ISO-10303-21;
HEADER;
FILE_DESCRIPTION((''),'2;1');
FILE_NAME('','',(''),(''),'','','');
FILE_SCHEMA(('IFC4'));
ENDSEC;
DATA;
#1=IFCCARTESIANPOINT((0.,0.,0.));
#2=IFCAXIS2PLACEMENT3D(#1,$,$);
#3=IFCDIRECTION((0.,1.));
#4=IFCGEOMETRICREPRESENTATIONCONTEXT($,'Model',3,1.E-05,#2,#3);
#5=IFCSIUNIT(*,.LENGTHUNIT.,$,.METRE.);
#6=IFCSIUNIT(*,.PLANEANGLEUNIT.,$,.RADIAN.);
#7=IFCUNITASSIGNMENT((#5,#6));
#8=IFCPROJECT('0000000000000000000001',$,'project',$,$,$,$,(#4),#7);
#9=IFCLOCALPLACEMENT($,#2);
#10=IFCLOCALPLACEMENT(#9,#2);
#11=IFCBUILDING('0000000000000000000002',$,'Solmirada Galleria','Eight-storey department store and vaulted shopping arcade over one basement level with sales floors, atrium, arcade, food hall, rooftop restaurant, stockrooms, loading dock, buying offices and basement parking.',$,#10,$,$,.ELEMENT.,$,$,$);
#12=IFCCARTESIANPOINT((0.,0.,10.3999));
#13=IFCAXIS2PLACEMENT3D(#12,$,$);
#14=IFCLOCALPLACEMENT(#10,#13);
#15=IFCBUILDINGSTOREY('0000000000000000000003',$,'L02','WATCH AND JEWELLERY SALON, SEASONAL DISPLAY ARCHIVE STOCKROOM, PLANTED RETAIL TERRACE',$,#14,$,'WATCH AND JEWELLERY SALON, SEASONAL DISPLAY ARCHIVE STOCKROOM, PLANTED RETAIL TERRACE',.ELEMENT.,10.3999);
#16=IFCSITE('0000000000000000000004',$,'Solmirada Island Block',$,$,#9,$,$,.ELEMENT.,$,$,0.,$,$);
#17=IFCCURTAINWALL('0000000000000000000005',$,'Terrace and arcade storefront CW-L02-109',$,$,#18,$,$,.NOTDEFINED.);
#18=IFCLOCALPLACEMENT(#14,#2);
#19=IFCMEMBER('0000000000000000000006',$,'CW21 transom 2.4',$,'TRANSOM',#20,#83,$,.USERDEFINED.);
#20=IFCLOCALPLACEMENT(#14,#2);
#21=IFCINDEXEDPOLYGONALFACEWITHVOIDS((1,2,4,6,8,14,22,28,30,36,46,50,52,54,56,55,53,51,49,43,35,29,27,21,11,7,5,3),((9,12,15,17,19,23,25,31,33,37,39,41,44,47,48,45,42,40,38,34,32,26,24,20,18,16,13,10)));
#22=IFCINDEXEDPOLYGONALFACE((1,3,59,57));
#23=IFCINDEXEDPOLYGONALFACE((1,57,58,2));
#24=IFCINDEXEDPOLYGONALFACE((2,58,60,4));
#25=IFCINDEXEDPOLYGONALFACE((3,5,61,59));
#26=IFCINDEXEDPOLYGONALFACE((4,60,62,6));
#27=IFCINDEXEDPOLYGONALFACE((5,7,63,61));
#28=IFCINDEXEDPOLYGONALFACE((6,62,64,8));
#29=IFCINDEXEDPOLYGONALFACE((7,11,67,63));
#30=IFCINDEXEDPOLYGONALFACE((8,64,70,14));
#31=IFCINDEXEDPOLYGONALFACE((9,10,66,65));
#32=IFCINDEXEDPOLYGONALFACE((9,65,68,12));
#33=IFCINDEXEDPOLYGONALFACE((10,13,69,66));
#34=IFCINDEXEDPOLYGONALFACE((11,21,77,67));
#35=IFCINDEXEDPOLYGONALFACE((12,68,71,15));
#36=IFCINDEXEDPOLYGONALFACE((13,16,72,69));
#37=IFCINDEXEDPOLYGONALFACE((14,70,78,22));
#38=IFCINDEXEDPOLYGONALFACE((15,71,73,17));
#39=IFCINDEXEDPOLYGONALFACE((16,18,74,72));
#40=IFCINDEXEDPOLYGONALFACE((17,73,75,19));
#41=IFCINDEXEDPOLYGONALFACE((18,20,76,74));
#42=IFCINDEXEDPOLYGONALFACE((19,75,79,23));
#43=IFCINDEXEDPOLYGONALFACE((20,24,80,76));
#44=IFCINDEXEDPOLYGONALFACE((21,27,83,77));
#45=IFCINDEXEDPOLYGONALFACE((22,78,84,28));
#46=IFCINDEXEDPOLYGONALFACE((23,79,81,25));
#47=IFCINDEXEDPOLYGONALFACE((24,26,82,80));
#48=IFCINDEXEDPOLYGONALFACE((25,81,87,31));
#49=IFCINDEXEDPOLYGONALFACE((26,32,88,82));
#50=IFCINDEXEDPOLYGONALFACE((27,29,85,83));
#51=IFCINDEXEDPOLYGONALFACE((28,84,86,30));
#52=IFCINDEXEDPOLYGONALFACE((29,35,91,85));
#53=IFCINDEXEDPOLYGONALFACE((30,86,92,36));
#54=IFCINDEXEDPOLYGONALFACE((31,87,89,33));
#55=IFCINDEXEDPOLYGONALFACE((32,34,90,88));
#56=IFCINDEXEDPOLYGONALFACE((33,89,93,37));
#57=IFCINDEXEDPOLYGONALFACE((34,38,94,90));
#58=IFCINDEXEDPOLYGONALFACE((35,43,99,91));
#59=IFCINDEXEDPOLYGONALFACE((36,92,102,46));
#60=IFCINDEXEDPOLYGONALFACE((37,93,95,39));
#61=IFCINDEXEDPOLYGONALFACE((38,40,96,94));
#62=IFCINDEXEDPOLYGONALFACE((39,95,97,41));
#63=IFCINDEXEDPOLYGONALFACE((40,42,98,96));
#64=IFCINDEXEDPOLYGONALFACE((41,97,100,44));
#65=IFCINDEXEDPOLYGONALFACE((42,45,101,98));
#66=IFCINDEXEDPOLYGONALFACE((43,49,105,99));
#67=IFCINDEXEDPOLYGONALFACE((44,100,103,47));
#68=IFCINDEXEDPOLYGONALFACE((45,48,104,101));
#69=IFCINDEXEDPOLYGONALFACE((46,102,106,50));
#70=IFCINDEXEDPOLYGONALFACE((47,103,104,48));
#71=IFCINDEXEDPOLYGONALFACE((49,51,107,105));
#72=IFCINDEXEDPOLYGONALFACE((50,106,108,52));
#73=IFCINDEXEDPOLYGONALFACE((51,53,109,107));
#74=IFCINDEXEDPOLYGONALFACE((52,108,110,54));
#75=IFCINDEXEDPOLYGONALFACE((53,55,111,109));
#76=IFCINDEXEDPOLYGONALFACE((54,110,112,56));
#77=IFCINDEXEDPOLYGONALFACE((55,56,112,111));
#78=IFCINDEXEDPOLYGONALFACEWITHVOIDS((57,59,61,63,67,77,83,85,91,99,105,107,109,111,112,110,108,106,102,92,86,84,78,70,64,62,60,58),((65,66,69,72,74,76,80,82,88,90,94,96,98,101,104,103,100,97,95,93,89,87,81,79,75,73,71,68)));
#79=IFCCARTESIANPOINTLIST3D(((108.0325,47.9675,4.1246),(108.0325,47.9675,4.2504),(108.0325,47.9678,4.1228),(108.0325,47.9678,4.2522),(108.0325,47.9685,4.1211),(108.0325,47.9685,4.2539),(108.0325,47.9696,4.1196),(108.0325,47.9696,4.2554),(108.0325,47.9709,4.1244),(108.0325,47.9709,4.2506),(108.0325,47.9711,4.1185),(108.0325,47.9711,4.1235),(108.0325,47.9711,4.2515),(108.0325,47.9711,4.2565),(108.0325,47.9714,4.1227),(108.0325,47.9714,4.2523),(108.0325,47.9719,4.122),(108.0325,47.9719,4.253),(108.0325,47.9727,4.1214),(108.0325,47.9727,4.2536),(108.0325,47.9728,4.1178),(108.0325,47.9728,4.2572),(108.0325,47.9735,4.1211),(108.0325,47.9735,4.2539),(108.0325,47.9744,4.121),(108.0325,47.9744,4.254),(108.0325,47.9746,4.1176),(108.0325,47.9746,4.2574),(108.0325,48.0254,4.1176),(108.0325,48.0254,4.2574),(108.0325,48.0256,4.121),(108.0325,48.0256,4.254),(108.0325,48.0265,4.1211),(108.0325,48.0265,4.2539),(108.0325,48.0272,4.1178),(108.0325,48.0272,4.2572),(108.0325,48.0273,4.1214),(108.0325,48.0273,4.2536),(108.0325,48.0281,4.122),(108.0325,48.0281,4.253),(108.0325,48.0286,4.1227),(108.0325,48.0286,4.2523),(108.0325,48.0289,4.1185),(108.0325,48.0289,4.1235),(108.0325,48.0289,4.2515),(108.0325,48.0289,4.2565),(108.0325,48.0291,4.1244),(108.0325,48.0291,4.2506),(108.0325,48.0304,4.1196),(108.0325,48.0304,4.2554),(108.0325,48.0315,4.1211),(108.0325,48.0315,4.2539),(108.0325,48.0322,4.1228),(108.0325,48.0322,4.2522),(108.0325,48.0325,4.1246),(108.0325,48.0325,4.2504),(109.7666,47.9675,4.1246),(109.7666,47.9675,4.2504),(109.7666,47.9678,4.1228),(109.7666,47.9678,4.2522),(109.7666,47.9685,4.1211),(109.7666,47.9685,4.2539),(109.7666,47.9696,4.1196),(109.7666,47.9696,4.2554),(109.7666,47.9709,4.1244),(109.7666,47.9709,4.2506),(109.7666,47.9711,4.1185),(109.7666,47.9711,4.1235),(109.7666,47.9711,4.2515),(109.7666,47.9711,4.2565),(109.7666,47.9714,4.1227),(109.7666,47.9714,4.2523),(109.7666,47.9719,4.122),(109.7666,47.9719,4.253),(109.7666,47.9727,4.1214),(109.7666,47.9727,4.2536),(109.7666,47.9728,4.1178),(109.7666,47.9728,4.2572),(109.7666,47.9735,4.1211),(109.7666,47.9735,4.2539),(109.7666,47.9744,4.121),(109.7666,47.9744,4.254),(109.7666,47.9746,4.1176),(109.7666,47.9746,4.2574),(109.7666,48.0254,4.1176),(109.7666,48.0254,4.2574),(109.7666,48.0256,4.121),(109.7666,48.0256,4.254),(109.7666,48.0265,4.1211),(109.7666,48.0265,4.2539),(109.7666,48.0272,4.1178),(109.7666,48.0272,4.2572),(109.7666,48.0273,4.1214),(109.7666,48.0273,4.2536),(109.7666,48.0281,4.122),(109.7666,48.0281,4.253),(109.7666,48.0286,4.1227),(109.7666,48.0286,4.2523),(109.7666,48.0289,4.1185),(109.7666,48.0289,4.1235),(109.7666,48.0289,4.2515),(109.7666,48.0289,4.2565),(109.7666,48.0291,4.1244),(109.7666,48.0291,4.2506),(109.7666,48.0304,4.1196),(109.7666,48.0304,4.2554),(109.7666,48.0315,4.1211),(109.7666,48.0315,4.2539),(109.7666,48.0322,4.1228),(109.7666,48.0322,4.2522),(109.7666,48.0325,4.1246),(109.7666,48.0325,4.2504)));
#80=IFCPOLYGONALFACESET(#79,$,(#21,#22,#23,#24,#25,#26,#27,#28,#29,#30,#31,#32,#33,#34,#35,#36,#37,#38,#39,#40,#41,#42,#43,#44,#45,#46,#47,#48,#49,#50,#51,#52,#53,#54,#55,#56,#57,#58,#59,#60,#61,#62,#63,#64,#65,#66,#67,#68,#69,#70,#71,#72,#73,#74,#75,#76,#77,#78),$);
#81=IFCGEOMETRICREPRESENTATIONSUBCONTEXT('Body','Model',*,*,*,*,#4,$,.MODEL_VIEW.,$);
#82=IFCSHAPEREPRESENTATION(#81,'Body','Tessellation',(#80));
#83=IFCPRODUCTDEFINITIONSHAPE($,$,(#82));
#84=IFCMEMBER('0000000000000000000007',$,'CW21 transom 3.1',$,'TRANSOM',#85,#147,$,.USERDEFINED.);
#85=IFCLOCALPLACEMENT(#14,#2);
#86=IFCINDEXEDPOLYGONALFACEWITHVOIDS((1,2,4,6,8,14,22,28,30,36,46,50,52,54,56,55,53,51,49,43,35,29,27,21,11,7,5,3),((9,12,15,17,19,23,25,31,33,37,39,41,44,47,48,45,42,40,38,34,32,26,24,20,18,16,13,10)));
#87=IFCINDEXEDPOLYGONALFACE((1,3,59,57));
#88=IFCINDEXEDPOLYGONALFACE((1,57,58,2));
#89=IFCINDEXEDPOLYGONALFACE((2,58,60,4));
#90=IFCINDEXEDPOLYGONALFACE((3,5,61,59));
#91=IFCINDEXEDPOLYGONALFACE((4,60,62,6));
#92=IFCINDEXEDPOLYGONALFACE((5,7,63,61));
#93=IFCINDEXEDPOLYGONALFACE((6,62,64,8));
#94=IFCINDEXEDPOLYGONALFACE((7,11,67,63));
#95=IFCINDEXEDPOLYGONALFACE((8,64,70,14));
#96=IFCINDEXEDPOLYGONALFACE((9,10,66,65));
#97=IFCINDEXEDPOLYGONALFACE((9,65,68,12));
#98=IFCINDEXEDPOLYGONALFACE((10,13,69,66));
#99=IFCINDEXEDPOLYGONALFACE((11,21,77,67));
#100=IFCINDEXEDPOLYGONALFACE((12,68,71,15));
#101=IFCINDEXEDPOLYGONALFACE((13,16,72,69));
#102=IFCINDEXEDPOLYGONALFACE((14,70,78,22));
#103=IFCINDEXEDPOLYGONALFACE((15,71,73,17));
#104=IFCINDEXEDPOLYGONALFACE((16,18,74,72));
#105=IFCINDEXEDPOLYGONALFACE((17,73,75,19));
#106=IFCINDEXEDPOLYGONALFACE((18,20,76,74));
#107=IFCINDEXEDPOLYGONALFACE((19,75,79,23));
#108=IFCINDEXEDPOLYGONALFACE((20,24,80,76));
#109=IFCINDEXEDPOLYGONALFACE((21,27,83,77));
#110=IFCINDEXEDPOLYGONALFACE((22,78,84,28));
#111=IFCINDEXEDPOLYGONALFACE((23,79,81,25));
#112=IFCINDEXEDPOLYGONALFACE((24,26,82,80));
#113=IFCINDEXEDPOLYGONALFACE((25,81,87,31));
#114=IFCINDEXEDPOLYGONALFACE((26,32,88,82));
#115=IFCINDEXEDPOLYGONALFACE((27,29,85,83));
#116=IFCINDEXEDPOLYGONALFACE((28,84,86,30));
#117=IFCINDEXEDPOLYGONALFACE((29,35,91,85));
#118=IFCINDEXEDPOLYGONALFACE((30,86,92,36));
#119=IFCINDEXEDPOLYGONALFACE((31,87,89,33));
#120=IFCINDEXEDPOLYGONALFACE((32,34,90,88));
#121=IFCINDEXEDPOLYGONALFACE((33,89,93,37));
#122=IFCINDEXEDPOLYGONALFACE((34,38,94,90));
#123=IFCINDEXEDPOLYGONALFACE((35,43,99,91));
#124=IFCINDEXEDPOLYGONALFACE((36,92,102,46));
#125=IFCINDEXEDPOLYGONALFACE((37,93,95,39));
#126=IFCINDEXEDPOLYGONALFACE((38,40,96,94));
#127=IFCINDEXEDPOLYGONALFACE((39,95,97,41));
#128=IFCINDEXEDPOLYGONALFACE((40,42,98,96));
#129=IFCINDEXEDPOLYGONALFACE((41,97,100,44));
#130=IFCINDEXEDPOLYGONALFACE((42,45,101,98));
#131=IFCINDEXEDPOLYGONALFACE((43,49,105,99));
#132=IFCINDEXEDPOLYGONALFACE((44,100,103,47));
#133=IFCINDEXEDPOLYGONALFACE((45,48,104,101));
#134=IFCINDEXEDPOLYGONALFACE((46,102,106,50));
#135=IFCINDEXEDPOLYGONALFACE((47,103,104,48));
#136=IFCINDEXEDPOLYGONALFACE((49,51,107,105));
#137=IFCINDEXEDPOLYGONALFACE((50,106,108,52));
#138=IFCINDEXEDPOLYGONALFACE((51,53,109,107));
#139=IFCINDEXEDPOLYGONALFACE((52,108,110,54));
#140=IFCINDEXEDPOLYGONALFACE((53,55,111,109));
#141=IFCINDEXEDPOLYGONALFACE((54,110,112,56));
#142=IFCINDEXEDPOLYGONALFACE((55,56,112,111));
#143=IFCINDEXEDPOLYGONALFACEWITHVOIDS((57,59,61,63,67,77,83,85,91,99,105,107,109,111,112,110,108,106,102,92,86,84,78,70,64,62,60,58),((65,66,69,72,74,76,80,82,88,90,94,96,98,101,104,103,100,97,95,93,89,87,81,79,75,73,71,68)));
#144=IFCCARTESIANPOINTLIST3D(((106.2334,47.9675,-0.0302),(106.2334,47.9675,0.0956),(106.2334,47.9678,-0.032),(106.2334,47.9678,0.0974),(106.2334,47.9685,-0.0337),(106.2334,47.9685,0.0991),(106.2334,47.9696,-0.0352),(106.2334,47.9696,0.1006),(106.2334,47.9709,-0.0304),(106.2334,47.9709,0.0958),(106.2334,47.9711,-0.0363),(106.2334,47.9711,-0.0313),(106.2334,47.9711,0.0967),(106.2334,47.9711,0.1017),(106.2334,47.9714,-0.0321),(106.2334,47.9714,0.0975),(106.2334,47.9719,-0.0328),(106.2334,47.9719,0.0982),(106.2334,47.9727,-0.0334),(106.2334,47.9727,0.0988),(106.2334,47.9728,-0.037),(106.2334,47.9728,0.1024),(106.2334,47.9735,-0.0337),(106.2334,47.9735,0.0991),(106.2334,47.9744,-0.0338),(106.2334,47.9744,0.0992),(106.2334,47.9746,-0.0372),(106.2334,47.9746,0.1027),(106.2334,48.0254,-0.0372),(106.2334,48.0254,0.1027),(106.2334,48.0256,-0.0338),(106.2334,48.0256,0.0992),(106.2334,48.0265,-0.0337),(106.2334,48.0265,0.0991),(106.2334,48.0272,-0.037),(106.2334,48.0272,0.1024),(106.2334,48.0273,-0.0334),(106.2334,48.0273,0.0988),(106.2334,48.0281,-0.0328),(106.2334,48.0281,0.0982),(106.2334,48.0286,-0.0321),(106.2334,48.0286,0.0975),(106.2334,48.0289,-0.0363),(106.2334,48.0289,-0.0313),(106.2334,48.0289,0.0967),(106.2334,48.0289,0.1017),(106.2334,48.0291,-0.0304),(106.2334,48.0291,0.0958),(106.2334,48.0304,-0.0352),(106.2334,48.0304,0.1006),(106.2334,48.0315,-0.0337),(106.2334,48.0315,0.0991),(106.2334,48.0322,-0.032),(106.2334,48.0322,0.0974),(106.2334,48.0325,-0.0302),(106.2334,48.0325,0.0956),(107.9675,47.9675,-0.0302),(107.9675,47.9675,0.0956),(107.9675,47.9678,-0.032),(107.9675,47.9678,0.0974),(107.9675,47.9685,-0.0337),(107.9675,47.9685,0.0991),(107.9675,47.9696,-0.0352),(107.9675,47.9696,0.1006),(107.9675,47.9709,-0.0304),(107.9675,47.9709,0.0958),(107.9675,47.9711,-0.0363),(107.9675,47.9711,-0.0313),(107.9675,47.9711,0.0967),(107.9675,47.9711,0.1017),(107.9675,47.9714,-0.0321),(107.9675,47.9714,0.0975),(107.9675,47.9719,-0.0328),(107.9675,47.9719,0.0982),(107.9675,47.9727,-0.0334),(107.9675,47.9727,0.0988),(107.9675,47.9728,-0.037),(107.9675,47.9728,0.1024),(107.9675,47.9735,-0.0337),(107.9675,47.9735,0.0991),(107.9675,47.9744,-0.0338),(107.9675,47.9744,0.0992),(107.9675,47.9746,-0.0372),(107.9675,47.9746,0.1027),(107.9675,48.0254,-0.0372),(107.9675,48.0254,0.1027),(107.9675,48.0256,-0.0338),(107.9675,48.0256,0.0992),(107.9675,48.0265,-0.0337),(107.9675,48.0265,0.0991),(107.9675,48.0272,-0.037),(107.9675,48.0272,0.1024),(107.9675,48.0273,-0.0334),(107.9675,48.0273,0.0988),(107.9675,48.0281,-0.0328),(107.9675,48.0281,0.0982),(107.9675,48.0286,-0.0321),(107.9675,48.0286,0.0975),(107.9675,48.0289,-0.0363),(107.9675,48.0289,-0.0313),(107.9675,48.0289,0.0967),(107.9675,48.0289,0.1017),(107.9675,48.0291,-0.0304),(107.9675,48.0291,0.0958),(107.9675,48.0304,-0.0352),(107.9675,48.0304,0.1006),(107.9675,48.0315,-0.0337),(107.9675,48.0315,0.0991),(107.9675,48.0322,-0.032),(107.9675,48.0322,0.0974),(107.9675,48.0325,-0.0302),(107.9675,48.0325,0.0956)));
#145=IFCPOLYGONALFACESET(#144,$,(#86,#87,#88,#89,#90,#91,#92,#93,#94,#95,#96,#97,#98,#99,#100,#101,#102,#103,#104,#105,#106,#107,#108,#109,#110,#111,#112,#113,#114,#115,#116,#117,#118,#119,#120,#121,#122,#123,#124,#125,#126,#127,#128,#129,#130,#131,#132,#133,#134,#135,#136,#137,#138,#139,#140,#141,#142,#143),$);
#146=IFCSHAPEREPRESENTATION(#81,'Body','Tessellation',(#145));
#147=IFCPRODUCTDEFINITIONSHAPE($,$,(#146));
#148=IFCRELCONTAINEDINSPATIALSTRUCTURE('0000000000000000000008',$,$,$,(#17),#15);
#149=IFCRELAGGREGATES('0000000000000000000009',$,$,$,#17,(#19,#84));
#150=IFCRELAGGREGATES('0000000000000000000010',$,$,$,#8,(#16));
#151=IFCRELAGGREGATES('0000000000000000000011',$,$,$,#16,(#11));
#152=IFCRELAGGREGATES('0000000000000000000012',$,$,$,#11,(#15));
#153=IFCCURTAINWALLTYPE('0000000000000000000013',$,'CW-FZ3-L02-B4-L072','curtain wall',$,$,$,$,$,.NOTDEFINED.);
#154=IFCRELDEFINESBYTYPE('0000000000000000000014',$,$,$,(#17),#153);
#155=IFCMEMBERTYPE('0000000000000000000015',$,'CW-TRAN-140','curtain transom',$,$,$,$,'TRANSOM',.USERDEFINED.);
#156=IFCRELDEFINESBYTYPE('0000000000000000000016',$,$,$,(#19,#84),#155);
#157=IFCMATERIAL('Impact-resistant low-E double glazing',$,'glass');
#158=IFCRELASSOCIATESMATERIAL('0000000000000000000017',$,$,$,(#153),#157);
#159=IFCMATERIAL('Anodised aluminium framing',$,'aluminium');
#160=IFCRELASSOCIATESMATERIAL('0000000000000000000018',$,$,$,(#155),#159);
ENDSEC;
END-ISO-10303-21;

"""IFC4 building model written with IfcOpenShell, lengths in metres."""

from ifc_helpers import new_model, si_unit, direction, frame, origin, origin_2d, place, context, subcontext, project, spatial, hollow_rectangle, extrude, material, material_profile, profile_set, type_object, element, aggregate, save


model = new_model("IFC4")

# Units and contexts
model_context = context("Model", 3, precision=1e-05, world=origin(), true_north=direction((0.0, 1.0)))
body_context = subcontext(model_context, "Body", "Model", "MODEL_VIEW")
ifc_project = project(units=[si_unit("LENGTHUNIT", "METRE"), si_unit("PLANEANGLEUNIT", "RADIAN")], contexts=[model_context])

# Site, building, storey
site_placement = place(None, origin())
site = spatial("IfcSite", under=ifc_project, at=site_placement, Name="Solmirada Island Block", CompositionType="ELEMENT", RefElevation=0.0)
building_placement = place(site_placement, origin())
building = spatial("IfcBuilding", under=site, at=building_placement, Name="Solmirada Galleria", Description="Eight-storey department store and vaulted shopping arcade over one basement level with sales floors, atrium, arcade, food hall, rooftop restaurant, stockrooms, loading dock, buying offices and basement parking.", CompositionType="ELEMENT")
storey_placement = place(building_placement, frame((0.0, 0.0, 10.3999)))
storey = spatial("IfcBuildingStorey", under=building, at=storey_placement, Name="L02", Description="WATCH AND JEWELLERY SALON, SEASONAL DISPLAY ARCHIVE STOCKROOM, PLANTED RETAIL TERRACE", LongName="WATCH AND JEWELLERY SALON, SEASONAL DISPLAY ARCHIVE STOCKROOM, PLANTED RETAIL TERRACE", CompositionType="ELEMENT", Elevation=10.3999)

# Curtain wall
ifc_material_1 = material(Name="Impact-resistant low-E double glazing", Category="glass")
curtain_wall_type = type_object("IfcCurtainWallType", Name="CW-FZ3-L02-B4-L072", Description="curtain wall", PredefinedType="NOTDEFINED", material=ifc_material_1)
ifc_material_2 = material(Name="Anodised aluminium framing", Category="aluminium")
curtain_wall_1_placement = place(storey_placement, origin())
curtain_wall_1 = element("IfcCurtainWall", 1, at=curtain_wall_1_placement, inside=storey, type_object=curtain_wall_type, Name="Terrace and arcade storefront CW-L02-109", PredefinedType="NOTDEFINED")

# Members
ifc_material_profile_1 = material_profile(ifc_material_2, hollow_rectangle(XDim=0.0649, YDim=0.1399, WallThickness=0.0034, InnerFilletRadius=0.0034, OuterFilletRadius=0.0071, at=origin_2d()), Name="ALU-TRAN-140X65")
ifc_profile_set_1 = profile_set([ifc_material_profile_1], Name="Anodised aluminium framing")
member_type_1 = type_object("IfcMemberType", Name="CW-TRAN-140", Description="curtain transom", ElementType="TRANSOM", PredefinedType="USERDEFINED", material=ifc_profile_set_1)
member_1_placement = place(storey_placement, frame((109.7666, 48.0, 4.1875), z_axis=(-1.0, 0.0, 0.0), x_axis=(0.0, -1.0, 0.0)))
member_1 = element("IfcMember", 2, at=member_1_placement, type_object=member_type_1, Name="CW21 transom 2.4", ObjectType="TRANSOM", PredefinedType="USERDEFINED", context=body_context, shape_type="SweptSolid", body=[
    extrude(hollow_rectangle(XDim=0.0649, YDim=0.1399, WallThickness=0.0034, InnerFilletRadius=0.0034, OuterFilletRadius=0.0071, at=origin_2d()), origin(), (0.0, 0.0, 1.0), 1.7341),
])
member_2_placement = place(storey_placement, frame((107.9675, 48.0, 0.0327), z_axis=(-1.0, 0.0, 0.0), x_axis=(0.0, -1.0, 0.0)))
member_2 = element("IfcMember", 3, at=member_2_placement, type_object=member_type_1, Name="CW21 transom 3.1", ObjectType="TRANSOM", PredefinedType="USERDEFINED", context=body_context, shape_type="SweptSolid", body=[
    extrude(hollow_rectangle(XDim=0.0649, YDim=0.1399, WallThickness=0.0034, InnerFilletRadius=0.0034, OuterFilletRadius=0.0071, at=origin_2d()), origin(), (0.0, 0.0, 1.0), 1.7341),
])

aggregate(curtain_wall_1, [member_1, member_2])

save(model, "model.ifc")
